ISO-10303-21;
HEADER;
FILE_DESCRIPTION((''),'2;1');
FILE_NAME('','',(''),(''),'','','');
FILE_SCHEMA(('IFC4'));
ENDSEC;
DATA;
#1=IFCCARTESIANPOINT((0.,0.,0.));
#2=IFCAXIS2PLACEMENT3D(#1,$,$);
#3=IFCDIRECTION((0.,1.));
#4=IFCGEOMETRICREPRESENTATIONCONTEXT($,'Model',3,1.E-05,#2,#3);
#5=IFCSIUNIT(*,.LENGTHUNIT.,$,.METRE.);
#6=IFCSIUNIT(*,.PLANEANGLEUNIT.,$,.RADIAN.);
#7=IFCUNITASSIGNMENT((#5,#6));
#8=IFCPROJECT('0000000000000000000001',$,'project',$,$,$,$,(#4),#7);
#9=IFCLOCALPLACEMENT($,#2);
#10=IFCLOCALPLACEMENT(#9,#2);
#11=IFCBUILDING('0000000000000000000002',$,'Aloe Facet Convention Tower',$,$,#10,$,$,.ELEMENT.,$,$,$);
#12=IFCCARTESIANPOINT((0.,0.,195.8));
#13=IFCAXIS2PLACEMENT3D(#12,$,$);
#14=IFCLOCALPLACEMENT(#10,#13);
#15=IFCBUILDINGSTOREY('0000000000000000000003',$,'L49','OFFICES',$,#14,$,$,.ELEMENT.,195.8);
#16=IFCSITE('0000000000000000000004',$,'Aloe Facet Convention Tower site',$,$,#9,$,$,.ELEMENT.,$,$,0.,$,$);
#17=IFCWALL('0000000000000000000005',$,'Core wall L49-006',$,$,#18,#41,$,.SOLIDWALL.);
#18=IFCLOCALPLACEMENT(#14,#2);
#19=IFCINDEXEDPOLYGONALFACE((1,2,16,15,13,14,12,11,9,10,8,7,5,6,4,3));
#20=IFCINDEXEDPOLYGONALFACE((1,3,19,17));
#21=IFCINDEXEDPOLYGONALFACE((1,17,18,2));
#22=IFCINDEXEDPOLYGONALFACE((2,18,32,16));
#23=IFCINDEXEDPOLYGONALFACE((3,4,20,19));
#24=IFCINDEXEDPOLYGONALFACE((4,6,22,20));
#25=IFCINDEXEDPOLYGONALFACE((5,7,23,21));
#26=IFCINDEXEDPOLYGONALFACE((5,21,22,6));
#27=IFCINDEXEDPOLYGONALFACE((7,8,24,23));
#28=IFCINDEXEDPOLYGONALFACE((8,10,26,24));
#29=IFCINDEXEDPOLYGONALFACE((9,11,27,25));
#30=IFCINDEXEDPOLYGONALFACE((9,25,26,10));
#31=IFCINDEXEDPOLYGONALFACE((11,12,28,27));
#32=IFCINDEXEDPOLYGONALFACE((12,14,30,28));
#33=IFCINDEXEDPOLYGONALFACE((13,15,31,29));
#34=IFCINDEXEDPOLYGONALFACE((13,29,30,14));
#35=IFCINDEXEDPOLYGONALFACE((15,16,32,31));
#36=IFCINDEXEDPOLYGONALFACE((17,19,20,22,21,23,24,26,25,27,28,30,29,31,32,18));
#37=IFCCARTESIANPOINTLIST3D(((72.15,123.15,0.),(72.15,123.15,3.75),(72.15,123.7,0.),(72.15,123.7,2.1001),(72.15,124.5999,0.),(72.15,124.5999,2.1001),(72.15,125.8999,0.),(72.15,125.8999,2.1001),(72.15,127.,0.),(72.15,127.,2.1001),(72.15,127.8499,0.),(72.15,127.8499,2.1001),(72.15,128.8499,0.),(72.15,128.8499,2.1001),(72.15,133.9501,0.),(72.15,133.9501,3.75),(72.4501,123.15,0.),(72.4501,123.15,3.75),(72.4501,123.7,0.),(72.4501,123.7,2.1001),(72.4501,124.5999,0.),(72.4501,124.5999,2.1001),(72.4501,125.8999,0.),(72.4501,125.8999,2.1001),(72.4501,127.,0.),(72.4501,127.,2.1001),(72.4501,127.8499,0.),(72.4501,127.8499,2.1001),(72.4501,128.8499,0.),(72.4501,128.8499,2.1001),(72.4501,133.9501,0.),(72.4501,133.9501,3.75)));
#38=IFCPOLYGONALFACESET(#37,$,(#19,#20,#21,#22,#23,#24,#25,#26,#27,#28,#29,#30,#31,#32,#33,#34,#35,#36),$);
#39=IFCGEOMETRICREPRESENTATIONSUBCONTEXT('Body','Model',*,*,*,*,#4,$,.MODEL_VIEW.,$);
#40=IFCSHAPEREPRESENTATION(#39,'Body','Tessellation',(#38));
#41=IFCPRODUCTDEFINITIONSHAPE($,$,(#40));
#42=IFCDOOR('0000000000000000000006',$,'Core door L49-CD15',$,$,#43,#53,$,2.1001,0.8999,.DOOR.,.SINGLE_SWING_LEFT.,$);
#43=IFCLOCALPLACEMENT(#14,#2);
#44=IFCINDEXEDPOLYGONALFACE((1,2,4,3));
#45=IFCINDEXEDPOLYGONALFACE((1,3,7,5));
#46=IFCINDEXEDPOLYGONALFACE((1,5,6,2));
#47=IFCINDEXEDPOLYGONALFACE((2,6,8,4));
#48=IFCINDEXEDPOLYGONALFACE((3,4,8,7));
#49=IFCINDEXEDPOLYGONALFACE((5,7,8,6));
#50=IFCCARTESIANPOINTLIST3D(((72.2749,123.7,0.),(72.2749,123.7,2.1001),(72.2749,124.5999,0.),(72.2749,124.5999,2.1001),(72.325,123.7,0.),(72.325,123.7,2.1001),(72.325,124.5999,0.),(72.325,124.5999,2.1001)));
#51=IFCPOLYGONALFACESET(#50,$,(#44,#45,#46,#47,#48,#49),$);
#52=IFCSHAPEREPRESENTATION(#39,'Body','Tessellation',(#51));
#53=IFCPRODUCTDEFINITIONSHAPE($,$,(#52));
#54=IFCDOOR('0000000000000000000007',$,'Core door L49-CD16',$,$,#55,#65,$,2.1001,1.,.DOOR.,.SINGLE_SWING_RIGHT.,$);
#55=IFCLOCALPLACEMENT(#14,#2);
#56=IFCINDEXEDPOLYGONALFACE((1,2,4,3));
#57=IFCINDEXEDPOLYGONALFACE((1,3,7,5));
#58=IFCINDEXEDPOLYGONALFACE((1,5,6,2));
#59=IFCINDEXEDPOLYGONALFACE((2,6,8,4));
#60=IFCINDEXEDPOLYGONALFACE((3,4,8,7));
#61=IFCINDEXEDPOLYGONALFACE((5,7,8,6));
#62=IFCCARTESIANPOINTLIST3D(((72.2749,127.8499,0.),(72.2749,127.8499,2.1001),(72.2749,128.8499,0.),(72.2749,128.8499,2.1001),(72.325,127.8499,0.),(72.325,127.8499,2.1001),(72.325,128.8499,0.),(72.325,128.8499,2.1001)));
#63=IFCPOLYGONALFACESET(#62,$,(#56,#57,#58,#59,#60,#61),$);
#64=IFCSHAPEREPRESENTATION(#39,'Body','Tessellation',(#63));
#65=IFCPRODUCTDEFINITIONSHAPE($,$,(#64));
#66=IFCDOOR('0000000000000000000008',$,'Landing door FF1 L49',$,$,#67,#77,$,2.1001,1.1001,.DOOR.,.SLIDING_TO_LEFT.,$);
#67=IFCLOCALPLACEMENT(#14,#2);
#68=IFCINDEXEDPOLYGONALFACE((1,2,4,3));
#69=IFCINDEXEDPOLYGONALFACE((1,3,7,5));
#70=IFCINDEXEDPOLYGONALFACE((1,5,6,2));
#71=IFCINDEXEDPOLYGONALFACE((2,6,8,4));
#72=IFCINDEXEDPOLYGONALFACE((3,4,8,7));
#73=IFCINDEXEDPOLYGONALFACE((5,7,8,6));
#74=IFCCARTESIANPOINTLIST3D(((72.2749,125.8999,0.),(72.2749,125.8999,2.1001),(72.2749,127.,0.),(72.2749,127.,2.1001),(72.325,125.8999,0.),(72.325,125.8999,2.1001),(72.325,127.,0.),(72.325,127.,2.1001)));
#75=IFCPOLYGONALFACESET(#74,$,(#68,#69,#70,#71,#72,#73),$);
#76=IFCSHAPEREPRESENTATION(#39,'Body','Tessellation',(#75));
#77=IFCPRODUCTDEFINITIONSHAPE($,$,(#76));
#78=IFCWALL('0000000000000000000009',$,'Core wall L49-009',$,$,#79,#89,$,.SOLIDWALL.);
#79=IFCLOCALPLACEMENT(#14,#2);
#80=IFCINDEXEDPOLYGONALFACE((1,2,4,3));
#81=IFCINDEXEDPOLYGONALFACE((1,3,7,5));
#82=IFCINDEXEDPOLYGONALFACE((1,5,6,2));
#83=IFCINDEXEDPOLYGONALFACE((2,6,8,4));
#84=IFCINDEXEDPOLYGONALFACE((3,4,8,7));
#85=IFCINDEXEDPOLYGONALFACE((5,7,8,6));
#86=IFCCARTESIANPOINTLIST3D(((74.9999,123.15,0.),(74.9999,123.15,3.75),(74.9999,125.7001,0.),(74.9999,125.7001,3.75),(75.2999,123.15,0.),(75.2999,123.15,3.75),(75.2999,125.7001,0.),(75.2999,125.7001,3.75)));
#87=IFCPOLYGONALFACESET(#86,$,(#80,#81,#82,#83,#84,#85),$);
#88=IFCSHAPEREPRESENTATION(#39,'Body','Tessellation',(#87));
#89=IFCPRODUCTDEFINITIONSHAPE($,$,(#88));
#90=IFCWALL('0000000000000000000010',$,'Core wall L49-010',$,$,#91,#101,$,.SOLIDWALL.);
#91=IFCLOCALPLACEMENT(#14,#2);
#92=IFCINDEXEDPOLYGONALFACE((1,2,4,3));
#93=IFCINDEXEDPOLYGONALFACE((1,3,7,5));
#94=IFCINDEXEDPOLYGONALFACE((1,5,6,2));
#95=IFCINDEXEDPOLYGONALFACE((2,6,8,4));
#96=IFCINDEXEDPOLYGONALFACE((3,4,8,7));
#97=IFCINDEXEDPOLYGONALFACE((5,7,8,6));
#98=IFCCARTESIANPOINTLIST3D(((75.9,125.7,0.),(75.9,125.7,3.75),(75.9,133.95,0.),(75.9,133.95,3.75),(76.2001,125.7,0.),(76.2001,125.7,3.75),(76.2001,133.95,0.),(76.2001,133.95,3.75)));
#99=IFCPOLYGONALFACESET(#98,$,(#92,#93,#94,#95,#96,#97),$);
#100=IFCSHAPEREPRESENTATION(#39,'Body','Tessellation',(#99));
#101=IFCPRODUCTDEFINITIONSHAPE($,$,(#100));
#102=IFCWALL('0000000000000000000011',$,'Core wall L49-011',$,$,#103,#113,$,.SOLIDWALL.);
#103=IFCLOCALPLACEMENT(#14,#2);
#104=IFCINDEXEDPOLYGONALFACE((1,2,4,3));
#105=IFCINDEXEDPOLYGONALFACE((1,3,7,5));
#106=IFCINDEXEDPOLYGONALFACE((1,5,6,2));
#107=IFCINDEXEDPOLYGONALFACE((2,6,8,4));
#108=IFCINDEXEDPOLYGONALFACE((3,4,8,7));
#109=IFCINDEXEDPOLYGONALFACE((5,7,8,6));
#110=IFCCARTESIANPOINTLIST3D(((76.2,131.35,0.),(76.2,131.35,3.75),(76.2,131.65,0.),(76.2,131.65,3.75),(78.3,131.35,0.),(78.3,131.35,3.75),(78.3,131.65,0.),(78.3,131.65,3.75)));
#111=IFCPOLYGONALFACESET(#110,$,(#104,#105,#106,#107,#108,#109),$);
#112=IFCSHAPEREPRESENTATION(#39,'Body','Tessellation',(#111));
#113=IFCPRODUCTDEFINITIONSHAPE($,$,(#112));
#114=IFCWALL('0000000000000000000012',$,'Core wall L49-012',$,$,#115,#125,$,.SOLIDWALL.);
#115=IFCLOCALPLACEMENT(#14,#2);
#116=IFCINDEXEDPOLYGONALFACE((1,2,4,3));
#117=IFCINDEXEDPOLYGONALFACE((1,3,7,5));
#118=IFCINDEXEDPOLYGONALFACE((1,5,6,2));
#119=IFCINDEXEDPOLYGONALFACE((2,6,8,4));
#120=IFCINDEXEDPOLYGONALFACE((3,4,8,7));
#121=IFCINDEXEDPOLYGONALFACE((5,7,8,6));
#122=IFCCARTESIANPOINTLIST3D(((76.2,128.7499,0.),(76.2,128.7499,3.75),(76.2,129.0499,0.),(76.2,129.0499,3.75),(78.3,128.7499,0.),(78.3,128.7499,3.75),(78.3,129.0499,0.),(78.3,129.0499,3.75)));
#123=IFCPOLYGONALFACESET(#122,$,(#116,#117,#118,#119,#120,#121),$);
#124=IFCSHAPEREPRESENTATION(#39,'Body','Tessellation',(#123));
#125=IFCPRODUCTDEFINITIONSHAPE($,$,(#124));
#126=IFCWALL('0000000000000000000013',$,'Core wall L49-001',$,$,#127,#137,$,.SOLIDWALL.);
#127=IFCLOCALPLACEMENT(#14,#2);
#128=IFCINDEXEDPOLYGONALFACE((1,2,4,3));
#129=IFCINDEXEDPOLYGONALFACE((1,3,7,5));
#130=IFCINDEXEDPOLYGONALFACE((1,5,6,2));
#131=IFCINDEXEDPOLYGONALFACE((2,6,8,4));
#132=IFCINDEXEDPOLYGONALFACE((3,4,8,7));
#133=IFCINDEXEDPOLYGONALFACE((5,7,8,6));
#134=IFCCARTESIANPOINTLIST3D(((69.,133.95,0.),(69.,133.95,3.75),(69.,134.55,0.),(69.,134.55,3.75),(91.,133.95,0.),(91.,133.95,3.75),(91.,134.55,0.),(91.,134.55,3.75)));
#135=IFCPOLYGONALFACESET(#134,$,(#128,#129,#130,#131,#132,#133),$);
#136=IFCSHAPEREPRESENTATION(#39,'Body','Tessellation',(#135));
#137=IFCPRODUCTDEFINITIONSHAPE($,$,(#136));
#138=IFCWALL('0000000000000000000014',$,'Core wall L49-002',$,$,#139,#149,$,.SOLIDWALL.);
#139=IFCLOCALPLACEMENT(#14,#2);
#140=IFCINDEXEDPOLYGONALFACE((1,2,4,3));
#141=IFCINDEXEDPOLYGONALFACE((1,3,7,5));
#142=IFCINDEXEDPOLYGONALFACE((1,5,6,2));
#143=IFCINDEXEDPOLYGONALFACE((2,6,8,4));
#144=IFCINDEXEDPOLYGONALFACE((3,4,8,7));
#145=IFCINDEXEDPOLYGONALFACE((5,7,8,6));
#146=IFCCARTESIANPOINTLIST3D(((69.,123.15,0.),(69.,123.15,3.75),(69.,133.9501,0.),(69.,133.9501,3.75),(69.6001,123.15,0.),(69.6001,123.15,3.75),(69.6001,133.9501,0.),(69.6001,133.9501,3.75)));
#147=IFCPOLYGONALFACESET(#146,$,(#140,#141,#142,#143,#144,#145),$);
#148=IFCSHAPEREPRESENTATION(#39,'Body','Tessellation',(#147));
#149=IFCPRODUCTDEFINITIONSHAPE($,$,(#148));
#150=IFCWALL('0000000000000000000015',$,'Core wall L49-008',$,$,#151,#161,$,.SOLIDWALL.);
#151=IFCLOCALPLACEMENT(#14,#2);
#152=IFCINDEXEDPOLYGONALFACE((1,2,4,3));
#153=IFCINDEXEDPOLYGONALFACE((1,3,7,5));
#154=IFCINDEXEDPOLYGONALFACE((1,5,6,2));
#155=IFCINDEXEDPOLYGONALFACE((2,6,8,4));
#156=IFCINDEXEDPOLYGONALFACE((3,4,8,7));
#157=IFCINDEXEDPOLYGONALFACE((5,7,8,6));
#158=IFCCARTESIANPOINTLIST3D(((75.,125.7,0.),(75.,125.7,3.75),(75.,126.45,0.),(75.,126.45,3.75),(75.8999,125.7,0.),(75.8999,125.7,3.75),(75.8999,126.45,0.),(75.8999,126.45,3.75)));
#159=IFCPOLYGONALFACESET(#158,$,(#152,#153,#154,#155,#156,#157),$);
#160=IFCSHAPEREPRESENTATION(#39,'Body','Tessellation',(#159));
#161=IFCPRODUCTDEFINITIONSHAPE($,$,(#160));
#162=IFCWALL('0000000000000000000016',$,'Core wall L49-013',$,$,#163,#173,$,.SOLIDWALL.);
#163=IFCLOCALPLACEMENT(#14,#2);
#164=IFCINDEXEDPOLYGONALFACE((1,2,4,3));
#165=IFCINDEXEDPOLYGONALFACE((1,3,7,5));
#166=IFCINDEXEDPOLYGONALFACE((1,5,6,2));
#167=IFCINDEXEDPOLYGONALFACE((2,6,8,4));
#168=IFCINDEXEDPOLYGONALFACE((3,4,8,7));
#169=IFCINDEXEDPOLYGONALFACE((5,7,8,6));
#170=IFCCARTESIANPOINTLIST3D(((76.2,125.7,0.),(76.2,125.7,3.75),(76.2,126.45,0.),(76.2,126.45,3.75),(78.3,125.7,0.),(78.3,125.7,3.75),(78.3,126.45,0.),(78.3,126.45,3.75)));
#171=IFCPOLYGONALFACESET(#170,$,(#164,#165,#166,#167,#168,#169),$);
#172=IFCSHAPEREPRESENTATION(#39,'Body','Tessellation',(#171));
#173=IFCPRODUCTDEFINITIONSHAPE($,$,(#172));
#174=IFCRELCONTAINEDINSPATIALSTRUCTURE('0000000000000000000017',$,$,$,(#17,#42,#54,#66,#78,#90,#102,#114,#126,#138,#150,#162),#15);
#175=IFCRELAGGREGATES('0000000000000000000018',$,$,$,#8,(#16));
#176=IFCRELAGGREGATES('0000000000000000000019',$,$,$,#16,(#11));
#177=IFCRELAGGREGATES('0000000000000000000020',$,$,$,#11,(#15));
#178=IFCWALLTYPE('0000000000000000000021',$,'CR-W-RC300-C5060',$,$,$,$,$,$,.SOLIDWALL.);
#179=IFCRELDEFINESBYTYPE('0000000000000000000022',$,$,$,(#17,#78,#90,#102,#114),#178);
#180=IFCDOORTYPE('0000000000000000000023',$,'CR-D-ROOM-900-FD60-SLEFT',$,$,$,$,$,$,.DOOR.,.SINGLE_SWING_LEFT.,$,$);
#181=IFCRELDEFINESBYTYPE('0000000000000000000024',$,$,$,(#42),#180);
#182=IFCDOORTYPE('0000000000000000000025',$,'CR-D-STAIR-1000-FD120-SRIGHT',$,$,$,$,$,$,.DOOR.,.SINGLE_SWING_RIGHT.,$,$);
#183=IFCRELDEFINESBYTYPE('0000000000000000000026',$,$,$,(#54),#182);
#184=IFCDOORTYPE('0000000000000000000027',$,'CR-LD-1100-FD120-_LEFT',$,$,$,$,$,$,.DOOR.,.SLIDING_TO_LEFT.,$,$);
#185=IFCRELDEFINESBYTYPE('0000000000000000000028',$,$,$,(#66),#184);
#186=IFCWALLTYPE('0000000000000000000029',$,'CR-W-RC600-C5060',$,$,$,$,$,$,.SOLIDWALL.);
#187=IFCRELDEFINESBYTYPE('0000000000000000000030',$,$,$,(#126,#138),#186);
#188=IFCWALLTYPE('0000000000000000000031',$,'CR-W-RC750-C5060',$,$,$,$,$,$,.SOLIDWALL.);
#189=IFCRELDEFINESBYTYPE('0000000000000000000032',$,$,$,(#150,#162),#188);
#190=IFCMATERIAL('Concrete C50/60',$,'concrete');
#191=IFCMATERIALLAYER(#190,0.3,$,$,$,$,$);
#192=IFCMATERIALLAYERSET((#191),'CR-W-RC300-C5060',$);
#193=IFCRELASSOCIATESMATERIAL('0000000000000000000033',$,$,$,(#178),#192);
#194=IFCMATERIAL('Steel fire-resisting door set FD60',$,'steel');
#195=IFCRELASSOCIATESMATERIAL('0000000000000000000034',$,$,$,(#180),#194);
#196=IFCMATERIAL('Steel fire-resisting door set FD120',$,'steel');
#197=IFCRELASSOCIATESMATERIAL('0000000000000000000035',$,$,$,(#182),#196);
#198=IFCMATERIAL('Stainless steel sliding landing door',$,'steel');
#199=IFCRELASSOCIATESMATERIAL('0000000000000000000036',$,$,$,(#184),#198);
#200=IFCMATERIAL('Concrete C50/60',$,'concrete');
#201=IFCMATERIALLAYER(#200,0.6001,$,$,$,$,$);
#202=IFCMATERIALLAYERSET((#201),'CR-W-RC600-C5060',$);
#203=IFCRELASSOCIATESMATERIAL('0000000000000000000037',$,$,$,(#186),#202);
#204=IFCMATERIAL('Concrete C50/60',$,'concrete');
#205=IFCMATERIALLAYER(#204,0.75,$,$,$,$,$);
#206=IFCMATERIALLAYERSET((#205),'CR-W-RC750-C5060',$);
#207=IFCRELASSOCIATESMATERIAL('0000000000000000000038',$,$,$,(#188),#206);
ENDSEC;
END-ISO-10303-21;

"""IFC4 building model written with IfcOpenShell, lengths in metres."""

from ifc_helpers import new_model, si_unit, direction, frame, frame_2d, origin, place, context, subcontext, project, spatial, rectangle, extrude, material, layer, layer_set, type_object, element, fill, save


model = new_model("IFC4")

# Units and contexts
model_context = context("Model", 3, precision=1e-05, world=origin(), true_north=direction((0.0, 1.0)))
body_context = subcontext(model_context, "Body", "Model", "MODEL_VIEW")
ifc_project = project(units=[si_unit("LENGTHUNIT", "METRE"), si_unit("PLANEANGLEUNIT", "RADIAN")], contexts=[model_context])

# Site, building, storey
site_placement = place(None, origin())
site = spatial("IfcSite", under=ifc_project, at=site_placement, Name="Aloe Facet Convention Tower site", CompositionType="ELEMENT", RefElevation=0.0)
building_placement = place(site_placement, origin())
building = spatial("IfcBuilding", under=site, at=building_placement, Name="Aloe Facet Convention Tower", CompositionType="ELEMENT")
storey_placement = place(building_placement, frame((0.0, 0.0, 195.8)))
storey = spatial("IfcBuildingStorey", under=building, at=storey_placement, Name="L49", Description="OFFICES", CompositionType="ELEMENT", Elevation=195.8)

# Shared definitions
ifc_material_1 = material(Name="Concrete C50/60", Category="concrete")
ifc_layer_1 = layer(ifc_material_1, 0.3)
ifc_layer_set_1 = layer_set([ifc_layer_1], Name="CR-W-RC300-C5060")
wall_type_1 = type_object("IfcWallType", Name="CR-W-RC300-C5060", PredefinedType="SOLIDWALL", material=ifc_layer_set_1)

# Wall, openings, doors
wall_1_placement = place(storey_placement, frame((72.3, 133.95, 0.0), z_axis=(0.0, 0.0, 1.0), x_axis=(0.0, -1.0, 0.0)))
wall_1 = element("IfcWall", 1, at=wall_1_placement, inside=storey, type_object=wall_type_1, Name="Core wall L49-006", PredefinedType="SOLIDWALL", context=body_context, shape_type="SweptSolid", body=[
    extrude(rectangle(XDim=10.8, YDim=0.3, at=frame_2d((5.3999, 0.0))), origin(), (0.0, 0.0, 1.0), 3.75),
])
opening_1_placement = place(wall_1_placement, frame((6.95, 0.0, 0.0)))
opening_1 = element("IfcOpeningElement", 2, at=opening_1_placement, cuts=wall_1, PredefinedType="OPENING", context=body_context, shape_type="SweptSolid", body=[
    extrude(rectangle(XDim=1.1001, YDim=2.1001, at=frame_2d((0.55, 1.05))), frame((0.0, 0.1602, 0.0), z_axis=(0.0, -1.0, 0.0), x_axis=(1.0, 0.0, 0.0)), (0.0, 0.0, 1.0), 0.3201),
])
opening_2_placement = place(wall_1_placement, frame((9.3501, 0.0, 0.0)))
opening_2 = element("IfcOpeningElement", 3, at=opening_2_placement, cuts=wall_1, PredefinedType="OPENING", context=body_context, shape_type="SweptSolid", body=[
    extrude(rectangle(XDim=0.8999, YDim=2.1001, at=frame_2d((0.45, 1.05))), frame((0.0, 0.1602, 0.0), z_axis=(0.0, -1.0, 0.0), x_axis=(1.0, 0.0, 0.0)), (0.0, 0.0, 1.0), 0.3201),
])
opening_3_placement = place(wall_1_placement, frame((5.1001, 0.0, 0.0)))
opening_3 = element("IfcOpeningElement", 4, at=opening_3_placement, cuts=wall_1, PredefinedType="OPENING", context=body_context, shape_type="SweptSolid", body=[
    extrude(rectangle(XDim=1.0, YDim=2.1001, at=frame_2d((0.5, 1.05))), frame((0.0, 0.1602, 0.0), z_axis=(0.0, -1.0, 0.0), x_axis=(1.0, 0.0, 0.0)), (0.0, 0.0, 1.0), 0.3201),
])
ifc_material_2 = material(Name="Steel fire-resisting door set FD60", Category="steel")
door_type_1 = type_object("IfcDoorType", Name="CR-D-ROOM-900-FD60-SLEFT", OperationType="SINGLE_SWING_LEFT", PredefinedType="DOOR", material=ifc_material_2)
door_1_placement = place(opening_2_placement, origin())
door_1 = element("IfcDoor", 5, at=door_1_placement, inside=storey, type_object=door_type_1, Name="Core door L49-CD15", OperationType="SINGLE_SWING_LEFT", OverallHeight=2.1001, OverallWidth=0.8999, PredefinedType="DOOR", context=body_context, shape_type="SweptSolid", body=[
    extrude(rectangle(XDim=0.8999, YDim=2.1001, at=frame_2d((0.45, 1.05))), frame((0.0, 0.0249, 0.0), z_axis=(0.0, -1.0, 0.0), x_axis=(1.0, 0.0, 0.0)), (0.0, 0.0, 1.0), 0.05),
])
fill(opening_2, door_1)
ifc_material_3 = material(Name="Steel fire-resisting door set FD120", Category="steel")
door_type_2 = type_object("IfcDoorType", Name="CR-D-STAIR-1000-FD120-SRIGHT", OperationType="SINGLE_SWING_RIGHT", PredefinedType="DOOR", material=ifc_material_3)
door_2_placement = place(opening_3_placement, origin())
door_2 = element("IfcDoor", 6, at=door_2_placement, inside=storey, type_object=door_type_2, Name="Core door L49-CD16", OperationType="SINGLE_SWING_RIGHT", OverallHeight=2.1001, OverallWidth=1.0, PredefinedType="DOOR", context=body_context, shape_type="SweptSolid", body=[
    extrude(rectangle(XDim=1.0, YDim=2.1001, at=frame_2d((0.5, 1.05))), frame((0.0, 0.0249, 0.0), z_axis=(0.0, -1.0, 0.0), x_axis=(1.0, 0.0, 0.0)), (0.0, 0.0, 1.0), 0.05),
])
fill(opening_3, door_2)
ifc_material_4 = material(Name="Stainless steel sliding landing door", Category="steel")
door_type_3 = type_object("IfcDoorType", Name="CR-LD-1100-FD120-_LEFT", OperationType="SLIDING_TO_LEFT", PredefinedType="DOOR", material=ifc_material_4)
door_3_placement = place(opening_1_placement, origin())
door_3 = element("IfcDoor", 7, at=door_3_placement, inside=storey, type_object=door_type_3, Name="Landing door FF1 L49", OperationType="SLIDING_TO_LEFT", OverallHeight=2.1001, OverallWidth=1.1001, PredefinedType="DOOR", context=body_context, shape_type="SweptSolid", body=[
    extrude(rectangle(XDim=1.1001, YDim=2.1001, at=frame_2d((0.55, 1.05))), frame((0.0, 0.0249, 0.0), z_axis=(0.0, -1.0, 0.0), x_axis=(1.0, 0.0, 0.0)), (0.0, 0.0, 1.0), 0.05),
])
fill(opening_1, door_3)

# Walls
wall_2_placement = place(storey_placement, frame((75.1499, 125.7, 0.0), z_axis=(0.0, 0.0, 1.0), x_axis=(0.0, -1.0, 0.0)))
element("IfcWall", 8, at=wall_2_placement, inside=storey, type_object=wall_type_1, Name="Core wall L49-009", PredefinedType="SOLIDWALL", context=body_context, shape_type="SweptSolid", body=[
    extrude(rectangle(XDim=2.55, YDim=0.3, at=frame_2d((1.2749, 0.0))), origin(), (0.0, 0.0, 1.0), 3.75),
])
wall_3_placement = place(storey_placement, frame((76.05, 133.95, 0.0), z_axis=(0.0, 0.0, 1.0), x_axis=(0.0, -1.0, 0.0)))
element("IfcWall", 9, at=wall_3_placement, inside=storey, type_object=wall_type_1, Name="Core wall L49-010", PredefinedType="SOLIDWALL", context=body_context, shape_type="SweptSolid", body=[
    extrude(rectangle(XDim=8.25, YDim=0.3, at=frame_2d((4.125, 0.0))), origin(), (0.0, 0.0, 1.0), 3.75),
])
for number, where, z_axis, x_axis, name in (
    (10, (76.2, 131.5, 0.0), (0.0, 0.0, 1.0), (1.0, 0.0, 0.0), "Core wall L49-011"),
    (11, (76.2, 128.8999, 0.0), (0.0, 0.0, 1.0), (1.0, 0.0, 0.0), "Core wall L49-012"),
):
    element("IfcWall", number, at=place(storey_placement, frame(where, z_axis=z_axis, x_axis=x_axis)), inside=storey, type_object=wall_type_1, Name=name, PredefinedType="SOLIDWALL", context=body_context, shape_type="SweptSolid", body=[
        extrude(rectangle(XDim=2.1001, YDim=0.3, at=frame_2d((1.05, 0.0))), origin(), (0.0, 0.0, 1.0), 3.75),
    ])
ifc_material_5 = material(Name="Concrete C50/60", Category="concrete")
ifc_layer_2 = layer(ifc_material_5, 0.6001)
ifc_layer_set_2 = layer_set([ifc_layer_2], Name="CR-W-RC600-C5060")
wall_type_2 = type_object("IfcWallType", Name="CR-W-RC600-C5060", PredefinedType="SOLIDWALL", material=ifc_layer_set_2)
wall_4_placement = place(storey_placement, frame((69.0, 134.25, 0.0), z_axis=(0.0, 0.0, 1.0), x_axis=(1.0, 0.0, 0.0)))
element("IfcWall", 12, at=wall_4_placement, inside=storey, type_object=wall_type_2, Name="Core wall L49-001", PredefinedType="SOLIDWALL", context=body_context, shape_type="SweptSolid", body=[
    extrude(rectangle(XDim=22.0, YDim=0.6001, at=frame_2d((11.0, 0.0))), origin(), (0.0, 0.0, 1.0), 3.75),
])
wall_5_placement = place(storey_placement, frame((69.3, 133.95, 0.0), z_axis=(0.0, 0.0, 1.0), x_axis=(0.0, -1.0, 0.0)))
element("IfcWall", 13, at=wall_5_placement, inside=storey, type_object=wall_type_2, Name="Core wall L49-002", PredefinedType="SOLIDWALL", context=body_context, shape_type="SweptSolid", body=[
    extrude(rectangle(XDim=10.8, YDim=0.6001, at=frame_2d((5.3999, 0.0))), origin(), (0.0, 0.0, 1.0), 3.75),
])
ifc_material_6 = material(Name="Concrete C50/60", Category="concrete")
ifc_layer_3 = layer(ifc_material_6, 0.75)
ifc_layer_set_3 = layer_set([ifc_layer_3], Name="CR-W-RC750-C5060")
wall_type_3 = type_object("IfcWallType", Name="CR-W-RC750-C5060", PredefinedType="SOLIDWALL", material=ifc_layer_set_3)
wall_6_placement = place(storey_placement, frame((75.0, 126.075, 0.0), z_axis=(0.0, 0.0, 1.0), x_axis=(1.0, 0.0, 0.0)))
element("IfcWall", 14, at=wall_6_placement, inside=storey, type_object=wall_type_3, Name="Core wall L49-008", PredefinedType="SOLIDWALL", context=body_context, shape_type="SweptSolid", body=[
    extrude(rectangle(XDim=0.8999, YDim=0.75, at=frame_2d((0.45, 0.0))), origin(), (0.0, 0.0, 1.0), 3.75),
])
wall_7_placement = place(storey_placement, frame((76.2, 126.075, 0.0), z_axis=(0.0, 0.0, 1.0), x_axis=(1.0, 0.0, 0.0)))
element("IfcWall", 15, at=wall_7_placement, inside=storey, type_object=wall_type_3, Name="Core wall L49-013", PredefinedType="SOLIDWALL", context=body_context, shape_type="SweptSolid", body=[
    extrude(rectangle(XDim=2.1001, YDim=0.75, at=frame_2d((1.05, 0.0))), origin(), (0.0, 0.0, 1.0), 3.75),
])

save(model, "model.ifc")
